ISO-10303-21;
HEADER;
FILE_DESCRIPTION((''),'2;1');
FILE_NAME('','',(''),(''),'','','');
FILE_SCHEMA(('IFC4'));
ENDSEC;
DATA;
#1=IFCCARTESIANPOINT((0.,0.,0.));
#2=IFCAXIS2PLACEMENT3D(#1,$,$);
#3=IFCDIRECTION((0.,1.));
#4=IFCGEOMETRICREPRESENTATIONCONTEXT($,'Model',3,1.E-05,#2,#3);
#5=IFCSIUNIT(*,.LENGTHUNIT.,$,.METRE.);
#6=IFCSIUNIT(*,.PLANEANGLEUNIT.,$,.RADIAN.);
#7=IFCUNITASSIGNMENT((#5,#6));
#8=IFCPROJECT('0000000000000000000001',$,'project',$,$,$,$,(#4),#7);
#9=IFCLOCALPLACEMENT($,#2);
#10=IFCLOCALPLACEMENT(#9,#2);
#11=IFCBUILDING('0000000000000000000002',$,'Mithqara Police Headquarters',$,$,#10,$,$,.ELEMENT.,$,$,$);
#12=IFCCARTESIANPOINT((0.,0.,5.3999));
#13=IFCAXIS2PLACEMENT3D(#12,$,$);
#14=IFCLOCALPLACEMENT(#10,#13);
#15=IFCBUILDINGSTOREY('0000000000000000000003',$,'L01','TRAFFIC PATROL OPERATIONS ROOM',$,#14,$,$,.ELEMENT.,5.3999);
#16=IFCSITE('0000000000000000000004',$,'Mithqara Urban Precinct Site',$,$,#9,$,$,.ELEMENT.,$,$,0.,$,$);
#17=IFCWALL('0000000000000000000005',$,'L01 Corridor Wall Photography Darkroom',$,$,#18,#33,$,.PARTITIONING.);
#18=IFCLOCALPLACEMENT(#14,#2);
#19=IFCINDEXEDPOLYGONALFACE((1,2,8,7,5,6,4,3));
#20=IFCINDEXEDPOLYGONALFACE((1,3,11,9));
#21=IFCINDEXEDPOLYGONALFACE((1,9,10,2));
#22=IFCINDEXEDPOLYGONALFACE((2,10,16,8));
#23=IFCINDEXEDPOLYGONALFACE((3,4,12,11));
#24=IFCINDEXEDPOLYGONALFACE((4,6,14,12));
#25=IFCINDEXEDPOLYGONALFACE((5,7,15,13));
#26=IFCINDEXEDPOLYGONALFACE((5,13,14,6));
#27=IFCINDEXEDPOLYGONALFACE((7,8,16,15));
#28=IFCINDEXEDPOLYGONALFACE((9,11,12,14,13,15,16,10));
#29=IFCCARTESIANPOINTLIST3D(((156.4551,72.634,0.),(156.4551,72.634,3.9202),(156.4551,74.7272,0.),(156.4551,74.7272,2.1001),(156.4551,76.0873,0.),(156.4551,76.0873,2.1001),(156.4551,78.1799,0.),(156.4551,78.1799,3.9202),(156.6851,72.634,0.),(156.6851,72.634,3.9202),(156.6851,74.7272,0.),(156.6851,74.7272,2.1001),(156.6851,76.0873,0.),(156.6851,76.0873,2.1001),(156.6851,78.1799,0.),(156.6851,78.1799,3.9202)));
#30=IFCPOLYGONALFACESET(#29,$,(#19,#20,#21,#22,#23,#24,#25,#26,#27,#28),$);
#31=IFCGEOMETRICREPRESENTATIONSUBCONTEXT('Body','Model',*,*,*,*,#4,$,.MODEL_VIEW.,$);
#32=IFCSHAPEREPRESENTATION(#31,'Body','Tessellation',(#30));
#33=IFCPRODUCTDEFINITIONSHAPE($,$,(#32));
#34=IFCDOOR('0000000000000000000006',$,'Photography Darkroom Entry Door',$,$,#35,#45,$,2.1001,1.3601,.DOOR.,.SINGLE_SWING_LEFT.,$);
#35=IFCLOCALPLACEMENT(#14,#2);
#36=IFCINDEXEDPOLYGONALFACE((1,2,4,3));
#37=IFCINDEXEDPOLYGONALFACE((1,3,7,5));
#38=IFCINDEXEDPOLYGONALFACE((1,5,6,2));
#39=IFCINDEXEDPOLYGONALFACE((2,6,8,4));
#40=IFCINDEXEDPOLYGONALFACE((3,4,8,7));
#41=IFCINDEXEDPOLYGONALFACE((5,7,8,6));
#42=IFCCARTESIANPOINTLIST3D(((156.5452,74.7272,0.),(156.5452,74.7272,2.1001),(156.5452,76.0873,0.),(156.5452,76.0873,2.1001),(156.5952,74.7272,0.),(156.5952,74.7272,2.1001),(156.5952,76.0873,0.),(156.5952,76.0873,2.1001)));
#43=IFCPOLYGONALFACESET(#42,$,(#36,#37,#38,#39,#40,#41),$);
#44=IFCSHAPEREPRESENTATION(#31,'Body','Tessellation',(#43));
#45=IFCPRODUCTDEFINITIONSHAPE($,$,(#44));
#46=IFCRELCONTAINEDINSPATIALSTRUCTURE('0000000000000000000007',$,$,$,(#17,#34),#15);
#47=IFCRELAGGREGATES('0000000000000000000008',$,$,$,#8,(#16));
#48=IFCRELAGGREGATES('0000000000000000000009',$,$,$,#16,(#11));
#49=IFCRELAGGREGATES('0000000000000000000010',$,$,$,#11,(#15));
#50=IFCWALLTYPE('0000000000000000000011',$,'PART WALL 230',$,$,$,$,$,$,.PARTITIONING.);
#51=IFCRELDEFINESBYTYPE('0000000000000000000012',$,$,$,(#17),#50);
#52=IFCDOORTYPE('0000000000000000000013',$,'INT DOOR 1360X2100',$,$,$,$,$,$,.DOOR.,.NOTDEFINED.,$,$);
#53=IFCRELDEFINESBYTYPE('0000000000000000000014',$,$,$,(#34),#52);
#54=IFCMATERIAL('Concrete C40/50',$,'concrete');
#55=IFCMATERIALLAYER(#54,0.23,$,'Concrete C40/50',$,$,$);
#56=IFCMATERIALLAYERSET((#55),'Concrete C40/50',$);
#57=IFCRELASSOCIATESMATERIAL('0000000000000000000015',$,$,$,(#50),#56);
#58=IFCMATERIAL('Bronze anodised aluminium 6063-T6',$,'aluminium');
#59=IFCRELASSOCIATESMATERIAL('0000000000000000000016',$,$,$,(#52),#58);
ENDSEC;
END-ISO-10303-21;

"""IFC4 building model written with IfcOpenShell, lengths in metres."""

from ifc_helpers import new_model, si_unit, direction, frame, frame_2d, origin, place, context, subcontext, project, spatial, rectangle, extrude, material, layer, layer_set, type_object, element, fill, save


model = new_model("IFC4")

# Units and contexts
model_context = context("Model", 3, precision=1e-05, world=origin(), true_north=direction((0.0, 1.0)))
body_context = subcontext(model_context, "Body", "Model", "MODEL_VIEW")
ifc_project = project(units=[si_unit("LENGTHUNIT", "METRE"), si_unit("PLANEANGLEUNIT", "RADIAN")], contexts=[model_context])

# Site, building, storey
site_placement = place(None, origin())
site = spatial("IfcSite", under=ifc_project, at=site_placement, Name="Mithqara Urban Precinct Site", CompositionType="ELEMENT", RefElevation=0.0)
building_placement = place(site_placement, origin())
building = spatial("IfcBuilding", under=site, at=building_placement, Name="Mithqara Police Headquarters", CompositionType="ELEMENT")
storey_placement = place(building_placement, frame((0.0, 0.0, 5.3999)))
storey = spatial("IfcBuildingStorey", under=building, at=storey_placement, Name="L01", Description="TRAFFIC PATROL OPERATIONS ROOM", CompositionType="ELEMENT", Elevation=5.3999)

# Shared definitions
ifc_material_1 = material(Name="Concrete C40/50", Category="concrete")

# Shared definitions
ifc_material_2 = material(Name="Bronze anodised aluminium 6063-T6", Category="aluminium")

# Shared definitions
ifc_layer_1 = layer(ifc_material_1, 0.23, Name="Concrete C40/50")
ifc_layer_set_1 = layer_set([ifc_layer_1], Name="Concrete C40/50")
wall_type = type_object("IfcWallType", Name="PART WALL 230", PredefinedType="PARTITIONING", material=ifc_layer_set_1)

# Wall, opening, door
wall_1_placement = place(storey_placement, frame((156.5701, 72.634, 0.0), z_axis=(0.0, 0.0, 1.0), x_axis=(0.0, 1.0, 0.0)))
wall_1 = element("IfcWall", 1, at=wall_1_placement, inside=storey, type_object=wall_type, Name="L01 Corridor Wall Photography Darkroom", PredefinedType="PARTITIONING", context=body_context, shape_type="SweptSolid", body=[
    extrude(rectangle(XDim=5.5459, YDim=0.23, at=frame_2d((2.7729, 0.0))), origin(), (0.0, 0.0, 1.0), 3.9202),
])
opening_placement = place(wall_1_placement, frame((2.093, 0.0, 0.0)))
opening = element("IfcOpeningElement", 2, at=opening_placement, cuts=wall_1, PredefinedType="OPENING", context=body_context, shape_type="SweptSolid", body=[
    extrude(rectangle(XDim=1.3601, YDim=2.1001, at=frame_2d((0.6802, 1.05))), frame((0.0, 0.125, 0.0), z_axis=(0.0, -1.0, 0.0), x_axis=(1.0, 0.0, 0.0)), (0.0, 0.0, 1.0), 0.25),
])
door_type = type_object("IfcDoorType", Name="INT DOOR 1360X2100", OperationType="NOTDEFINED", PredefinedType="DOOR", material=ifc_material_2)
door_placement = place(opening_placement, origin())
door = element("IfcDoor", 3, at=door_placement, inside=storey, type_object=door_type, Name="Photography Darkroom Entry Door", OperationType="SINGLE_SWING_LEFT", OverallHeight=2.1001, OverallWidth=1.3601, PredefinedType="DOOR", context=body_context, shape_type="SweptSolid", body=[
    extrude(rectangle(XDim=1.3601, YDim=2.1001, at=frame_2d((0.6802, 1.05))), frame((0.0, 0.0249, 0.0), z_axis=(0.0, -1.0, 0.0), x_axis=(1.0, 0.0, 0.0)), (0.0, 0.0, 1.0), 0.05),
])
fill(opening, door)

save(model, "model.ifc")
